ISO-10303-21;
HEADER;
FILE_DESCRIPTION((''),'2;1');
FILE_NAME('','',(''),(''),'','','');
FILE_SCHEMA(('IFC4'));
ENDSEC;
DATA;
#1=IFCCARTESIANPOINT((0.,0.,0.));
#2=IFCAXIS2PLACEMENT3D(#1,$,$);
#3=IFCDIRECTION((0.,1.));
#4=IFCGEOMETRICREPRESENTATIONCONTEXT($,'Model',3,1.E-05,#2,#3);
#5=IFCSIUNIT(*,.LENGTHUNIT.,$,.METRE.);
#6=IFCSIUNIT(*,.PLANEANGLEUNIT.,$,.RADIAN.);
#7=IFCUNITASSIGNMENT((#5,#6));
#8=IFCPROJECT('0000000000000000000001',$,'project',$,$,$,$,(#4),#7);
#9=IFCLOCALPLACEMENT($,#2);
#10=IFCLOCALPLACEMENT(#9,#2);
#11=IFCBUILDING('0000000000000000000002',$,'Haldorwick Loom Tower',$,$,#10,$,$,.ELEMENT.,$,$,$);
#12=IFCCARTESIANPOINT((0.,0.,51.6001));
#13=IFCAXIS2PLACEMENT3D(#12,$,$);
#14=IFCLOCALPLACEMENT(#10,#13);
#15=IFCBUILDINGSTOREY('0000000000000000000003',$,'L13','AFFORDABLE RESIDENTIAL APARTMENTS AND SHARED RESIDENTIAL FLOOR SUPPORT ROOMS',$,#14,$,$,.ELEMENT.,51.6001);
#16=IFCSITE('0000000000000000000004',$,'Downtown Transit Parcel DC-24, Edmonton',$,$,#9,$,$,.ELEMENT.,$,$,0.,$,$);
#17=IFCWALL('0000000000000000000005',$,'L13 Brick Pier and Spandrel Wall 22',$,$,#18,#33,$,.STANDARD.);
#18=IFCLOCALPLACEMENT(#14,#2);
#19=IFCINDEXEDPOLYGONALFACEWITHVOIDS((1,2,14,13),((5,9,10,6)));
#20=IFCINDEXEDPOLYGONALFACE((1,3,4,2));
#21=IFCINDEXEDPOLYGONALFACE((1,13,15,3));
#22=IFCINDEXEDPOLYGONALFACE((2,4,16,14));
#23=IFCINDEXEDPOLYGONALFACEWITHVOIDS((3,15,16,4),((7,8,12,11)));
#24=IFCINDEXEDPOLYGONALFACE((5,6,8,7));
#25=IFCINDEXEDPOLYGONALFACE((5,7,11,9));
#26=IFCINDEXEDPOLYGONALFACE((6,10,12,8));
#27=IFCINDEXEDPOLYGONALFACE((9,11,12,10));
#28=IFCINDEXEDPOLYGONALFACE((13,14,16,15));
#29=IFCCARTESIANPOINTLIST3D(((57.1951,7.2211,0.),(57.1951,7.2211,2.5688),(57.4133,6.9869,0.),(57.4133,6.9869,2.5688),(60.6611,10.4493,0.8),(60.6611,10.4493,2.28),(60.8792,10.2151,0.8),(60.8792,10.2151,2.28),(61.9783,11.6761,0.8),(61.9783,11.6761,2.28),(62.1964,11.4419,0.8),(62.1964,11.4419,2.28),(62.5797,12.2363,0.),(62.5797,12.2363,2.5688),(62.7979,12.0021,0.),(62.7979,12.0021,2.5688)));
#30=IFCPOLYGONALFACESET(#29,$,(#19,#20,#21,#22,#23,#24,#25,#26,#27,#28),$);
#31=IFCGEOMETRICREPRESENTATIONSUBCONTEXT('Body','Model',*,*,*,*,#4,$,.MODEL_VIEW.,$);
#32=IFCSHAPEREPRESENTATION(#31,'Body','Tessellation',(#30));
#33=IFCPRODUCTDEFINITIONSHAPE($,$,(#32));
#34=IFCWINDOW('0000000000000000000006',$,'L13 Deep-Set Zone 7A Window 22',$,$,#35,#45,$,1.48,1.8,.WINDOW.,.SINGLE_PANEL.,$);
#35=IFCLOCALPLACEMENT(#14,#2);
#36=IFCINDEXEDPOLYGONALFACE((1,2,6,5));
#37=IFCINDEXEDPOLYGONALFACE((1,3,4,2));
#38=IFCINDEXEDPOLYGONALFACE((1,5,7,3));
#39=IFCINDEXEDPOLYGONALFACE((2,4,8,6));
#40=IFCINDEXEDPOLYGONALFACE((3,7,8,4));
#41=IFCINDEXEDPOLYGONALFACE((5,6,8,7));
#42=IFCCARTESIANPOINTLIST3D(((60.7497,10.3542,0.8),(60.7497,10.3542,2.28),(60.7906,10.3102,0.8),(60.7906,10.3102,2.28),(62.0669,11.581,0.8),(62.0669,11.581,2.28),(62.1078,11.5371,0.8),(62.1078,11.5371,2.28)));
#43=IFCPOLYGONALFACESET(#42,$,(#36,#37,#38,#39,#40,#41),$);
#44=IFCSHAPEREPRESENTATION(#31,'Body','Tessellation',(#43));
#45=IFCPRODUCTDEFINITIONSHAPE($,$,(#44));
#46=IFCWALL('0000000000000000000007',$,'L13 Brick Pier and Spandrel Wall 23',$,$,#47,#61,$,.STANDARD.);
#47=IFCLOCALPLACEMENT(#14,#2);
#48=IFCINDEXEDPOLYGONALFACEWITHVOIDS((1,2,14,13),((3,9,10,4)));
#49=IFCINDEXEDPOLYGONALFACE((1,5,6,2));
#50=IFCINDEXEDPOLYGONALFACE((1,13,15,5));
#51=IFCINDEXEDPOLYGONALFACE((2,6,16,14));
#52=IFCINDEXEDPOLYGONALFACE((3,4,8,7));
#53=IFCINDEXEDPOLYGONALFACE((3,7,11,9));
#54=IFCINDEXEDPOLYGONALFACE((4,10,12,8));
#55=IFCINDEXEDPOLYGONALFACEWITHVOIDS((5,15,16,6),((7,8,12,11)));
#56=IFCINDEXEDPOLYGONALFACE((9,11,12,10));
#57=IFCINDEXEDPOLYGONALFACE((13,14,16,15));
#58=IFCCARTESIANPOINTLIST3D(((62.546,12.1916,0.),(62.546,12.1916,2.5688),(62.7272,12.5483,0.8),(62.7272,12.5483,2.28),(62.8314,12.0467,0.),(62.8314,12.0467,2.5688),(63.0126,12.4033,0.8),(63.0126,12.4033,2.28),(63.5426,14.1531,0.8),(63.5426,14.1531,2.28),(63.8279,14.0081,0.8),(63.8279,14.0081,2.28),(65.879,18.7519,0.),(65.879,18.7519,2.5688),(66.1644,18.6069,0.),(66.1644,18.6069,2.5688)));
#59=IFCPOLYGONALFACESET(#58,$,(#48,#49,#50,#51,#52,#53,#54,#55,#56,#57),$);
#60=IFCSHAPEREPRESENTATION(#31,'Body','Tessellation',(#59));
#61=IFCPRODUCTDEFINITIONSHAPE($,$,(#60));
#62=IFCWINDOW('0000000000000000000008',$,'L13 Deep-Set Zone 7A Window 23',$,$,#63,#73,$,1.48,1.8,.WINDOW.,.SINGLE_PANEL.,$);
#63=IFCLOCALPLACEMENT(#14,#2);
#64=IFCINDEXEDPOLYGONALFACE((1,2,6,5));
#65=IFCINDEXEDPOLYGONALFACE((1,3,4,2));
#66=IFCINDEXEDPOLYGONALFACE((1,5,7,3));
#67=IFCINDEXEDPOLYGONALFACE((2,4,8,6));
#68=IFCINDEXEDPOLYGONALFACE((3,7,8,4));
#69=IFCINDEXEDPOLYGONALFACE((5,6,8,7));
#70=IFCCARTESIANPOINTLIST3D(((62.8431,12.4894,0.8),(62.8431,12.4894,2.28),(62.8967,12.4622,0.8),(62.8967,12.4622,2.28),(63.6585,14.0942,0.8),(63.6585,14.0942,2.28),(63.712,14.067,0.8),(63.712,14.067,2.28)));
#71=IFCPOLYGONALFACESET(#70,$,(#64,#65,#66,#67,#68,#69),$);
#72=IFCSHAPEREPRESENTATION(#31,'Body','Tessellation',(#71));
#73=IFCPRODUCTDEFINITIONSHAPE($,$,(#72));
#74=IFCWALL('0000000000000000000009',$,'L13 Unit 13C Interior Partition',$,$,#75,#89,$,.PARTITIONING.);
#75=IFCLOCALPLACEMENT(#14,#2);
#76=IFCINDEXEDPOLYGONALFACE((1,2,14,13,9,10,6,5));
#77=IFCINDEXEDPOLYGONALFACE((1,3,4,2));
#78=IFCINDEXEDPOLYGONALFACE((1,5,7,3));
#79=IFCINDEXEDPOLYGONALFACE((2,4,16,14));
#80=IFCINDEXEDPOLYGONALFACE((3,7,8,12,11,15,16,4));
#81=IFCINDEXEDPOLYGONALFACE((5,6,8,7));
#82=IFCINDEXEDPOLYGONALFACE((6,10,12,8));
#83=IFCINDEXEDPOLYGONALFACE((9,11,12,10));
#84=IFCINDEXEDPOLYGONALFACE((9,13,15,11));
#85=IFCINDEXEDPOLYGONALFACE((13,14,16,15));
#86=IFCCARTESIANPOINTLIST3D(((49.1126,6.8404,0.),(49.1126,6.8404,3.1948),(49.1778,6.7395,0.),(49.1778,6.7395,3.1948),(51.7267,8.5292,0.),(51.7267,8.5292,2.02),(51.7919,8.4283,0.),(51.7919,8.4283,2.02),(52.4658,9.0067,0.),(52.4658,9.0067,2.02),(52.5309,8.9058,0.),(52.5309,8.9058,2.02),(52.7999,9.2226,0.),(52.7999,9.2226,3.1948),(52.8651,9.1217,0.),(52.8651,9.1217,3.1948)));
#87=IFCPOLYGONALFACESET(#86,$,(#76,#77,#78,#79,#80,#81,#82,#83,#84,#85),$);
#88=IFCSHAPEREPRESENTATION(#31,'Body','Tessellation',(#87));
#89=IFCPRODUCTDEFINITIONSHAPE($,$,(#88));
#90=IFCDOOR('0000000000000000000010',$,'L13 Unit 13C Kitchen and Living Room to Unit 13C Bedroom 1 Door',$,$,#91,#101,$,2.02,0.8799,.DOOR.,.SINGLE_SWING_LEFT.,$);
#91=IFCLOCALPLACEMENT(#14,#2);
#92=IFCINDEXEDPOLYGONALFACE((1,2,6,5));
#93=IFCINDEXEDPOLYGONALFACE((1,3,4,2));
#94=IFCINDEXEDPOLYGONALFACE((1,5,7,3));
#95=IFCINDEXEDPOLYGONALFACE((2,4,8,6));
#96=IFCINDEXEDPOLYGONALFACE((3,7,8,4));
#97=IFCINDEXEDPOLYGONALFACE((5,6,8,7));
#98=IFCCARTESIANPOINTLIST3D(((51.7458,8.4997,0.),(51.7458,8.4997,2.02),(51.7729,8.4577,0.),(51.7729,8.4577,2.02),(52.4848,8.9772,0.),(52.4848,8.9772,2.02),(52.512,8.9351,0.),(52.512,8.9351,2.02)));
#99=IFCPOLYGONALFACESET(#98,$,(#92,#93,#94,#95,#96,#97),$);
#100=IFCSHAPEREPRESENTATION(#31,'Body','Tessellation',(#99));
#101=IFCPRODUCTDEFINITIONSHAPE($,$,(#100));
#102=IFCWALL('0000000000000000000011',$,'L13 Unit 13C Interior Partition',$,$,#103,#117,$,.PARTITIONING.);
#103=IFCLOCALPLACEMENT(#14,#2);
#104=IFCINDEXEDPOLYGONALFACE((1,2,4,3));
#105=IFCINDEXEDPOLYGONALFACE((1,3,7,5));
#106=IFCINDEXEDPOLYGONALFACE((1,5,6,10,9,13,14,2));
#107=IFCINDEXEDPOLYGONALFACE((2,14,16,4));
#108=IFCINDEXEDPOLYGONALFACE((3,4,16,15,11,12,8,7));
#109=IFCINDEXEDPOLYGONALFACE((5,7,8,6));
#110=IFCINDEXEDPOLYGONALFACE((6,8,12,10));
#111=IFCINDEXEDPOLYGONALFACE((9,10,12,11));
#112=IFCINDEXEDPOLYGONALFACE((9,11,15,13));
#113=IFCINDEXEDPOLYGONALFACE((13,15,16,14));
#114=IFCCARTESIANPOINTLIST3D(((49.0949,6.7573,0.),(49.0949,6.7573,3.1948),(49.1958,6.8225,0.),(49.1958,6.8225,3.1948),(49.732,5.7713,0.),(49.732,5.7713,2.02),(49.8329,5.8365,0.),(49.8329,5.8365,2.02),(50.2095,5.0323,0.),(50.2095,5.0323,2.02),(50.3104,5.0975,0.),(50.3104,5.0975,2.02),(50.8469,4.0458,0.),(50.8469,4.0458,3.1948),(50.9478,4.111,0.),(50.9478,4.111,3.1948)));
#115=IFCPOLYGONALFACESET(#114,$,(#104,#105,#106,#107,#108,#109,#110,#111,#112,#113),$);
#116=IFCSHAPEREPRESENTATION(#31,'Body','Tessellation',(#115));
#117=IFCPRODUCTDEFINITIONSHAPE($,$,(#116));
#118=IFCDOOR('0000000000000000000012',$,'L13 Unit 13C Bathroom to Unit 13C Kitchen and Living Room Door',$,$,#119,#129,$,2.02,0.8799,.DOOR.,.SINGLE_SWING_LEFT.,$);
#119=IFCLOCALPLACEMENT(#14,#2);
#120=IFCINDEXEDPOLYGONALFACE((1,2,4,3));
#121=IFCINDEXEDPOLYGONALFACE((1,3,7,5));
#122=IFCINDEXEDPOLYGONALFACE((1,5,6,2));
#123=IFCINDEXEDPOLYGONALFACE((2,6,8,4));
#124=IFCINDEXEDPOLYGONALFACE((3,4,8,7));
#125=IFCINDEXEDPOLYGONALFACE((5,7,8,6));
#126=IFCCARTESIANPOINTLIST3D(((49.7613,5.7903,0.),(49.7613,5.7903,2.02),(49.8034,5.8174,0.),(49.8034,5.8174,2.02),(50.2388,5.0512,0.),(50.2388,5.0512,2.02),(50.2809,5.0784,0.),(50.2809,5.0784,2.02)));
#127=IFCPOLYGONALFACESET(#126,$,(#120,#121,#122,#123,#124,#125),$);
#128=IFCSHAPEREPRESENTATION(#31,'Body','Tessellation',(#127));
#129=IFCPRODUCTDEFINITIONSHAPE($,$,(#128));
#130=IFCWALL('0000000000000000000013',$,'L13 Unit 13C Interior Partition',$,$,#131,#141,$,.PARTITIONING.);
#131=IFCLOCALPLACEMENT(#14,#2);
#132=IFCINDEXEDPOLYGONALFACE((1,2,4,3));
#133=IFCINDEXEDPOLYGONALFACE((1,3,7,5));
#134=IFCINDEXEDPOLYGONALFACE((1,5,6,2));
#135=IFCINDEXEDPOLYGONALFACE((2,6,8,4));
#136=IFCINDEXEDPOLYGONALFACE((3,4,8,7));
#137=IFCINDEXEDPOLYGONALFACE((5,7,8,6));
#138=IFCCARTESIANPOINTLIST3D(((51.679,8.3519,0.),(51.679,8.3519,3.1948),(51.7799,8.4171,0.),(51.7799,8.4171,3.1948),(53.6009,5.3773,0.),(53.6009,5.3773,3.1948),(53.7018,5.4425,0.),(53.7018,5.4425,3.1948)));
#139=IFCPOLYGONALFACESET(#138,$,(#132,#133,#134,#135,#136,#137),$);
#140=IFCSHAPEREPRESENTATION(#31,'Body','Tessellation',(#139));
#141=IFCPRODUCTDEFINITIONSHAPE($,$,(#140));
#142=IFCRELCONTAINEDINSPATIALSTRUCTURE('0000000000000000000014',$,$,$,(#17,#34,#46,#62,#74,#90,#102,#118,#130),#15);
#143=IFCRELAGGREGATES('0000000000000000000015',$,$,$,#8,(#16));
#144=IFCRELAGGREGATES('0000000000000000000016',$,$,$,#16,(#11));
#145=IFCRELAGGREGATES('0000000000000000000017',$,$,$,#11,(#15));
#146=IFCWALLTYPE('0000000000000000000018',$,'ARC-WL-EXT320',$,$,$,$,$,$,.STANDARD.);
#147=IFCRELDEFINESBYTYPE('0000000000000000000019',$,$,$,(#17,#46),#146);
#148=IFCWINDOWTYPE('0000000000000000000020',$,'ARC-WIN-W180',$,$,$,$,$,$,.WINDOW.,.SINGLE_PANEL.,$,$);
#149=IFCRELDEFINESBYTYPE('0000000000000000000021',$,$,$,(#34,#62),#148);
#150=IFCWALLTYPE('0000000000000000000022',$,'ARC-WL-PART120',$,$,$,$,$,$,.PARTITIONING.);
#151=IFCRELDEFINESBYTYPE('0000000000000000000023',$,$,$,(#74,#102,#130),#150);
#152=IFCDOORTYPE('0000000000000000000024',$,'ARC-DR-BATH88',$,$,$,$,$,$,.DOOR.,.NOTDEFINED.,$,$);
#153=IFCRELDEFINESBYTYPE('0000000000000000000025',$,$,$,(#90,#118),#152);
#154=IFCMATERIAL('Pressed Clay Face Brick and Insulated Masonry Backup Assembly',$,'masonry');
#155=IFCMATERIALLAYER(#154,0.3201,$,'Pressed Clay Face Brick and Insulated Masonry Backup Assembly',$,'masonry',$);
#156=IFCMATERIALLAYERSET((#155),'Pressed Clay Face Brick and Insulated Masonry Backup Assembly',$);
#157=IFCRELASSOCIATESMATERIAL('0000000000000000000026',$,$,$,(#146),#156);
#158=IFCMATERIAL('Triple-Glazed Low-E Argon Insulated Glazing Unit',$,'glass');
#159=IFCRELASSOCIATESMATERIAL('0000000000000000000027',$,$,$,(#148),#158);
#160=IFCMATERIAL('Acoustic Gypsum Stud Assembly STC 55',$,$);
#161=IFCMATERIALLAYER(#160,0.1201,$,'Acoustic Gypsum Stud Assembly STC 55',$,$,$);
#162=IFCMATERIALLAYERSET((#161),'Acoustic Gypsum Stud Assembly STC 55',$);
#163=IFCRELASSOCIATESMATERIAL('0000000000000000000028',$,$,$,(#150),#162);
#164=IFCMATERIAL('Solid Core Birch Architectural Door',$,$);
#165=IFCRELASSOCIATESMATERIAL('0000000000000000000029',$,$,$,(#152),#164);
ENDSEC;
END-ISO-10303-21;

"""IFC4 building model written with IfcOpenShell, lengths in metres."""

from ifc_helpers import new_model, si_unit, direction, frame, frame_2d, origin, place, context, subcontext, project, spatial, rectangle, extrude, material, layer, layer_set, type_object, element, fill, save


model = new_model("IFC4")

# Units and contexts
model_context = context("Model", 3, precision=1e-05, world=origin(), true_north=direction((0.0, 1.0)))
body_context = subcontext(model_context, "Body", "Model", "MODEL_VIEW")
ifc_project = project(units=[si_unit("LENGTHUNIT", "METRE"), si_unit("PLANEANGLEUNIT", "RADIAN")], contexts=[model_context])

# Site, building, storey
site_placement = place(None, origin())
site = spatial("IfcSite", under=ifc_project, at=site_placement, Name="Downtown Transit Parcel DC-24, Edmonton", CompositionType="ELEMENT", RefElevation=0.0)
building_placement = place(site_placement, origin())
building = spatial("IfcBuilding", under=site, at=building_placement, Name="Haldorwick Loom Tower", CompositionType="ELEMENT")
storey_placement = place(building_placement, frame((0.0, 0.0, 51.6001)))
storey = spatial("IfcBuildingStorey", under=building, at=storey_placement, Name="L13", Description="AFFORDABLE RESIDENTIAL APARTMENTS AND SHARED RESIDENTIAL FLOOR SUPPORT ROOMS", CompositionType="ELEMENT", Elevation=51.6001)

# Shared definitions
ifc_material_1 = material(Name="Pressed Clay Face Brick and Insulated Masonry Backup Assembly", Category="masonry")
ifc_layer_1 = layer(ifc_material_1, 0.3201, Name="Pressed Clay Face Brick and Insulated Masonry Backup Assembly", Category="masonry")
ifc_layer_set_1 = layer_set([ifc_layer_1], Name="Pressed Clay Face Brick and Insulated Masonry Backup Assembly")
wall_type_1 = type_object("IfcWallType", Name="ARC-WL-EXT320", PredefinedType="STANDARD", material=ifc_layer_set_1)

# Walls, openings, windows
wall_1_placement = place(storey_placement, frame((57.3042, 7.104, 0.0), z_axis=(0.0, 0.0, 1.0), x_axis=(0.731761, 0.681561, 0.0)))
wall_1 = element("IfcWall", 1, at=wall_1_placement, inside=storey, type_object=wall_type_1, Name="L13 Brick Pier and Spandrel Wall 22", PredefinedType="STANDARD", context=body_context, shape_type="SweptSolid", body=[
    extrude(rectangle(XDim=7.3584, YDim=0.3201, at=frame_2d((3.6792, 0.0))), origin(), (0.0, 0.0, 1.0), 2.5688),
])
opening_1_placement = place(wall_1_placement, frame((4.7366, 0.0, 0.8)))
opening_1 = element("IfcOpeningElement", 2, at=opening_1_placement, cuts=wall_1, PredefinedType="OPENING", context=body_context, shape_type="SweptSolid", body=[
    extrude(rectangle(XDim=1.8, YDim=1.48, at=frame_2d((0.8999, 0.74))), frame((0.0, 0.1699, 0.0), z_axis=(0.0, -1.0, 0.0), x_axis=(1.0, 0.0, 0.0)), (0.0, 0.0, 1.0), 0.3401),
])
ifc_material_2 = material(Name="Triple-Glazed Low-E Argon Insulated Glazing Unit", Category="glass")
window_type = type_object("IfcWindowType", Name="ARC-WIN-W180", PartitioningType="SINGLE_PANEL", PredefinedType="WINDOW", material=ifc_material_2)
window_1_placement = place(opening_1_placement, origin())
window_1 = element("IfcWindow", 3, at=window_1_placement, inside=storey, type_object=window_type, Name="L13 Deep-Set Zone 7A Window 22", OverallHeight=1.48, OverallWidth=1.8, PartitioningType="SINGLE_PANEL", PredefinedType="WINDOW", context=body_context, shape_type="SweptSolid", body=[
    extrude(rectangle(XDim=1.8, YDim=1.48, at=frame_2d((0.8999, 0.74))), frame((0.0, 0.03, 0.0), z_axis=(0.0, -1.0, 0.0), x_axis=(1.0, 0.0, 0.0)), (0.0, 0.0, 1.0), 0.0601),
])
fill(opening_1, window_1)
wall_2_placement = place(storey_placement, frame((62.6887, 12.1191, 0.0), z_axis=(0.0, 0.0, 1.0), x_axis=(0.452951, 0.891535, 0.0)))
wall_2 = element("IfcWall", 4, at=wall_2_placement, inside=storey, type_object=wall_type_1, Name="L13 Brick Pier and Spandrel Wall 23", PredefinedType="STANDARD", context=body_context, shape_type="SweptSolid", body=[
    extrude(rectangle(XDim=7.3584, YDim=0.3201, at=frame_2d((3.6792, 0.0))), origin(), (0.0, 0.0, 1.0), 2.5688),
])
opening_2_placement = place(wall_2_placement, frame((0.4001, 0.0, 0.8)))
opening_2 = element("IfcOpeningElement", 5, at=opening_2_placement, cuts=wall_2, PredefinedType="OPENING", context=body_context, shape_type="SweptSolid", body=[
    extrude(rectangle(XDim=1.8, YDim=1.48, at=frame_2d((0.8999, 0.74))), frame((0.0, 0.1699, 0.0), z_axis=(0.0, -1.0, 0.0), x_axis=(1.0, 0.0, 0.0)), (0.0, 0.0, 1.0), 0.3401),
])
window_2_placement = place(opening_2_placement, origin())
window_2 = element("IfcWindow", 6, at=window_2_placement, inside=storey, type_object=window_type, Name="L13 Deep-Set Zone 7A Window 23", OverallHeight=1.48, OverallWidth=1.8, PartitioningType="SINGLE_PANEL", PredefinedType="WINDOW", context=body_context, shape_type="SweptSolid", body=[
    extrude(rectangle(XDim=1.8, YDim=1.48, at=frame_2d((0.8999, 0.74))), frame((0.0, 0.03, 0.0), z_axis=(0.0, -1.0, 0.0), x_axis=(1.0, 0.0, 0.0)), (0.0, 0.0, 1.0), 0.0601),
])
fill(opening_2, window_2)

# Walls, openings, doors
ifc_material_3 = material(Name="Acoustic Gypsum Stud Assembly STC 55")
ifc_layer_2 = layer(ifc_material_3, 0.1201, Name="Acoustic Gypsum Stud Assembly STC 55")
ifc_layer_set_2 = layer_set([ifc_layer_2], Name="Acoustic Gypsum Stud Assembly STC 55")
wall_type_2 = type_object("IfcWallType", Name="ARC-WL-PART120", PredefinedType="PARTITIONING", material=ifc_layer_set_2)
wall_3_placement = place(storey_placement, frame((49.1453, 6.79, 0.0), z_axis=(0.0, 0.0, 1.0), x_axis=(0.839964, 0.542642, 0.0)))
wall_3 = element("IfcWall", 7, at=wall_3_placement, inside=storey, type_object=wall_type_2, Name="L13 Unit 13C Interior Partition", PredefinedType="PARTITIONING", context=body_context, shape_type="SweptSolid", body=[
    extrude(rectangle(XDim=4.3899, YDim=0.1201, at=frame_2d((2.1948, 0.0))), origin(), (0.0, 0.0, 1.0), 3.1948),
])
opening_3_placement = place(wall_3_placement, frame((3.1121, 0.0, 0.0)))
opening_3 = element("IfcOpeningElement", 8, at=opening_3_placement, cuts=wall_3, PredefinedType="OPENING", context=body_context, shape_type="SweptSolid", body=[
    extrude(rectangle(XDim=0.8799, YDim=2.02, at=frame_2d((0.4399, 1.01))), frame((0.0, 0.0701, 0.0), z_axis=(0.0, -1.0, 0.0), x_axis=(1.0, 0.0, 0.0)), (0.0, 0.0, 1.0), 0.1401),
])
ifc_material_4 = material(Name="Solid Core Birch Architectural Door")
door_type_1 = type_object("IfcDoorType", Name="ARC-DR-BATH88", OperationType="NOTDEFINED", PredefinedType="DOOR", material=ifc_material_4)
door_1_placement = place(opening_3_placement, origin())
door_1 = element("IfcDoor", 9, at=door_1_placement, inside=storey, type_object=door_type_1, Name="L13 Unit 13C Kitchen and Living Room to Unit 13C Bedroom 1 Door", OperationType="SINGLE_SWING_LEFT", OverallHeight=2.02, OverallWidth=0.8799, PredefinedType="DOOR", context=body_context, shape_type="SweptSolid", body=[
    extrude(rectangle(XDim=0.8799, YDim=2.02, at=frame_2d((0.4399, 1.01))), frame((0.0, 0.0249, 0.0), z_axis=(0.0, -1.0, 0.0), x_axis=(1.0, 0.0, 0.0)), (0.0, 0.0, 1.0), 0.05),
])
fill(opening_3, door_1)
wall_4_placement = place(storey_placement, frame((49.1453, 6.79, 0.0), z_axis=(0.0, 0.0, 1.0), x_axis=(0.542706, -0.839923, 0.0)))
wall_4 = element("IfcWall", 10, at=wall_4_placement, inside=storey, type_object=wall_type_2, Name="L13 Unit 13C Interior Partition", PredefinedType="PARTITIONING", context=body_context, shape_type="SweptSolid", body=[
    extrude(rectangle(XDim=3.2283, YDim=0.1201, at=frame_2d((1.6143, 0.0))), origin(), (0.0, 0.0, 1.0), 3.1948),
])
opening_4_placement = place(wall_4_placement, frame((1.1741, 0.0, 0.0)))
opening_4 = element("IfcOpeningElement", 11, at=opening_4_placement, cuts=wall_4, PredefinedType="OPENING", context=body_context, shape_type="SweptSolid", body=[
    extrude(rectangle(XDim=0.8799, YDim=2.02, at=frame_2d((0.4399, 1.01))), frame((0.0, 0.0701, 0.0), z_axis=(0.0, -1.0, 0.0), x_axis=(1.0, 0.0, 0.0)), (0.0, 0.0, 1.0), 0.1401),
])
door_2_placement = place(opening_4_placement, origin())
door_2 = element("IfcDoor", 12, at=door_2_placement, inside=storey, type_object=door_type_1, Name="L13 Unit 13C Bathroom to Unit 13C Kitchen and Living Room Door", OperationType="SINGLE_SWING_LEFT", OverallHeight=2.02, OverallWidth=0.8799, PredefinedType="DOOR", context=body_context, shape_type="SweptSolid", body=[
    extrude(rectangle(XDim=0.8799, YDim=2.02, at=frame_2d((0.4399, 1.01))), frame((0.0, 0.0249, 0.0), z_axis=(0.0, -1.0, 0.0), x_axis=(1.0, 0.0, 0.0)), (0.0, 0.0, 1.0), 0.05),
])
fill(opening_4, door_2)

# Wall
wall_5_placement = place(storey_placement, frame((51.7295, 8.3845, 0.0), z_axis=(0.0, 0.0, 1.0), x_axis=(0.542679, -0.83994, 0.0)))
element("IfcWall", 13, at=wall_5_placement, inside=storey, type_object=wall_type_2, Name="L13 Unit 13C Interior Partition", PredefinedType="PARTITIONING", context=body_context, shape_type="SweptSolid", body=[
    extrude(rectangle(XDim=3.5415, YDim=0.1201, at=frame_2d((1.7708, 0.0))), origin(), (0.0, 0.0, 1.0), 3.1948),
])

save(model, "model.ifc")
